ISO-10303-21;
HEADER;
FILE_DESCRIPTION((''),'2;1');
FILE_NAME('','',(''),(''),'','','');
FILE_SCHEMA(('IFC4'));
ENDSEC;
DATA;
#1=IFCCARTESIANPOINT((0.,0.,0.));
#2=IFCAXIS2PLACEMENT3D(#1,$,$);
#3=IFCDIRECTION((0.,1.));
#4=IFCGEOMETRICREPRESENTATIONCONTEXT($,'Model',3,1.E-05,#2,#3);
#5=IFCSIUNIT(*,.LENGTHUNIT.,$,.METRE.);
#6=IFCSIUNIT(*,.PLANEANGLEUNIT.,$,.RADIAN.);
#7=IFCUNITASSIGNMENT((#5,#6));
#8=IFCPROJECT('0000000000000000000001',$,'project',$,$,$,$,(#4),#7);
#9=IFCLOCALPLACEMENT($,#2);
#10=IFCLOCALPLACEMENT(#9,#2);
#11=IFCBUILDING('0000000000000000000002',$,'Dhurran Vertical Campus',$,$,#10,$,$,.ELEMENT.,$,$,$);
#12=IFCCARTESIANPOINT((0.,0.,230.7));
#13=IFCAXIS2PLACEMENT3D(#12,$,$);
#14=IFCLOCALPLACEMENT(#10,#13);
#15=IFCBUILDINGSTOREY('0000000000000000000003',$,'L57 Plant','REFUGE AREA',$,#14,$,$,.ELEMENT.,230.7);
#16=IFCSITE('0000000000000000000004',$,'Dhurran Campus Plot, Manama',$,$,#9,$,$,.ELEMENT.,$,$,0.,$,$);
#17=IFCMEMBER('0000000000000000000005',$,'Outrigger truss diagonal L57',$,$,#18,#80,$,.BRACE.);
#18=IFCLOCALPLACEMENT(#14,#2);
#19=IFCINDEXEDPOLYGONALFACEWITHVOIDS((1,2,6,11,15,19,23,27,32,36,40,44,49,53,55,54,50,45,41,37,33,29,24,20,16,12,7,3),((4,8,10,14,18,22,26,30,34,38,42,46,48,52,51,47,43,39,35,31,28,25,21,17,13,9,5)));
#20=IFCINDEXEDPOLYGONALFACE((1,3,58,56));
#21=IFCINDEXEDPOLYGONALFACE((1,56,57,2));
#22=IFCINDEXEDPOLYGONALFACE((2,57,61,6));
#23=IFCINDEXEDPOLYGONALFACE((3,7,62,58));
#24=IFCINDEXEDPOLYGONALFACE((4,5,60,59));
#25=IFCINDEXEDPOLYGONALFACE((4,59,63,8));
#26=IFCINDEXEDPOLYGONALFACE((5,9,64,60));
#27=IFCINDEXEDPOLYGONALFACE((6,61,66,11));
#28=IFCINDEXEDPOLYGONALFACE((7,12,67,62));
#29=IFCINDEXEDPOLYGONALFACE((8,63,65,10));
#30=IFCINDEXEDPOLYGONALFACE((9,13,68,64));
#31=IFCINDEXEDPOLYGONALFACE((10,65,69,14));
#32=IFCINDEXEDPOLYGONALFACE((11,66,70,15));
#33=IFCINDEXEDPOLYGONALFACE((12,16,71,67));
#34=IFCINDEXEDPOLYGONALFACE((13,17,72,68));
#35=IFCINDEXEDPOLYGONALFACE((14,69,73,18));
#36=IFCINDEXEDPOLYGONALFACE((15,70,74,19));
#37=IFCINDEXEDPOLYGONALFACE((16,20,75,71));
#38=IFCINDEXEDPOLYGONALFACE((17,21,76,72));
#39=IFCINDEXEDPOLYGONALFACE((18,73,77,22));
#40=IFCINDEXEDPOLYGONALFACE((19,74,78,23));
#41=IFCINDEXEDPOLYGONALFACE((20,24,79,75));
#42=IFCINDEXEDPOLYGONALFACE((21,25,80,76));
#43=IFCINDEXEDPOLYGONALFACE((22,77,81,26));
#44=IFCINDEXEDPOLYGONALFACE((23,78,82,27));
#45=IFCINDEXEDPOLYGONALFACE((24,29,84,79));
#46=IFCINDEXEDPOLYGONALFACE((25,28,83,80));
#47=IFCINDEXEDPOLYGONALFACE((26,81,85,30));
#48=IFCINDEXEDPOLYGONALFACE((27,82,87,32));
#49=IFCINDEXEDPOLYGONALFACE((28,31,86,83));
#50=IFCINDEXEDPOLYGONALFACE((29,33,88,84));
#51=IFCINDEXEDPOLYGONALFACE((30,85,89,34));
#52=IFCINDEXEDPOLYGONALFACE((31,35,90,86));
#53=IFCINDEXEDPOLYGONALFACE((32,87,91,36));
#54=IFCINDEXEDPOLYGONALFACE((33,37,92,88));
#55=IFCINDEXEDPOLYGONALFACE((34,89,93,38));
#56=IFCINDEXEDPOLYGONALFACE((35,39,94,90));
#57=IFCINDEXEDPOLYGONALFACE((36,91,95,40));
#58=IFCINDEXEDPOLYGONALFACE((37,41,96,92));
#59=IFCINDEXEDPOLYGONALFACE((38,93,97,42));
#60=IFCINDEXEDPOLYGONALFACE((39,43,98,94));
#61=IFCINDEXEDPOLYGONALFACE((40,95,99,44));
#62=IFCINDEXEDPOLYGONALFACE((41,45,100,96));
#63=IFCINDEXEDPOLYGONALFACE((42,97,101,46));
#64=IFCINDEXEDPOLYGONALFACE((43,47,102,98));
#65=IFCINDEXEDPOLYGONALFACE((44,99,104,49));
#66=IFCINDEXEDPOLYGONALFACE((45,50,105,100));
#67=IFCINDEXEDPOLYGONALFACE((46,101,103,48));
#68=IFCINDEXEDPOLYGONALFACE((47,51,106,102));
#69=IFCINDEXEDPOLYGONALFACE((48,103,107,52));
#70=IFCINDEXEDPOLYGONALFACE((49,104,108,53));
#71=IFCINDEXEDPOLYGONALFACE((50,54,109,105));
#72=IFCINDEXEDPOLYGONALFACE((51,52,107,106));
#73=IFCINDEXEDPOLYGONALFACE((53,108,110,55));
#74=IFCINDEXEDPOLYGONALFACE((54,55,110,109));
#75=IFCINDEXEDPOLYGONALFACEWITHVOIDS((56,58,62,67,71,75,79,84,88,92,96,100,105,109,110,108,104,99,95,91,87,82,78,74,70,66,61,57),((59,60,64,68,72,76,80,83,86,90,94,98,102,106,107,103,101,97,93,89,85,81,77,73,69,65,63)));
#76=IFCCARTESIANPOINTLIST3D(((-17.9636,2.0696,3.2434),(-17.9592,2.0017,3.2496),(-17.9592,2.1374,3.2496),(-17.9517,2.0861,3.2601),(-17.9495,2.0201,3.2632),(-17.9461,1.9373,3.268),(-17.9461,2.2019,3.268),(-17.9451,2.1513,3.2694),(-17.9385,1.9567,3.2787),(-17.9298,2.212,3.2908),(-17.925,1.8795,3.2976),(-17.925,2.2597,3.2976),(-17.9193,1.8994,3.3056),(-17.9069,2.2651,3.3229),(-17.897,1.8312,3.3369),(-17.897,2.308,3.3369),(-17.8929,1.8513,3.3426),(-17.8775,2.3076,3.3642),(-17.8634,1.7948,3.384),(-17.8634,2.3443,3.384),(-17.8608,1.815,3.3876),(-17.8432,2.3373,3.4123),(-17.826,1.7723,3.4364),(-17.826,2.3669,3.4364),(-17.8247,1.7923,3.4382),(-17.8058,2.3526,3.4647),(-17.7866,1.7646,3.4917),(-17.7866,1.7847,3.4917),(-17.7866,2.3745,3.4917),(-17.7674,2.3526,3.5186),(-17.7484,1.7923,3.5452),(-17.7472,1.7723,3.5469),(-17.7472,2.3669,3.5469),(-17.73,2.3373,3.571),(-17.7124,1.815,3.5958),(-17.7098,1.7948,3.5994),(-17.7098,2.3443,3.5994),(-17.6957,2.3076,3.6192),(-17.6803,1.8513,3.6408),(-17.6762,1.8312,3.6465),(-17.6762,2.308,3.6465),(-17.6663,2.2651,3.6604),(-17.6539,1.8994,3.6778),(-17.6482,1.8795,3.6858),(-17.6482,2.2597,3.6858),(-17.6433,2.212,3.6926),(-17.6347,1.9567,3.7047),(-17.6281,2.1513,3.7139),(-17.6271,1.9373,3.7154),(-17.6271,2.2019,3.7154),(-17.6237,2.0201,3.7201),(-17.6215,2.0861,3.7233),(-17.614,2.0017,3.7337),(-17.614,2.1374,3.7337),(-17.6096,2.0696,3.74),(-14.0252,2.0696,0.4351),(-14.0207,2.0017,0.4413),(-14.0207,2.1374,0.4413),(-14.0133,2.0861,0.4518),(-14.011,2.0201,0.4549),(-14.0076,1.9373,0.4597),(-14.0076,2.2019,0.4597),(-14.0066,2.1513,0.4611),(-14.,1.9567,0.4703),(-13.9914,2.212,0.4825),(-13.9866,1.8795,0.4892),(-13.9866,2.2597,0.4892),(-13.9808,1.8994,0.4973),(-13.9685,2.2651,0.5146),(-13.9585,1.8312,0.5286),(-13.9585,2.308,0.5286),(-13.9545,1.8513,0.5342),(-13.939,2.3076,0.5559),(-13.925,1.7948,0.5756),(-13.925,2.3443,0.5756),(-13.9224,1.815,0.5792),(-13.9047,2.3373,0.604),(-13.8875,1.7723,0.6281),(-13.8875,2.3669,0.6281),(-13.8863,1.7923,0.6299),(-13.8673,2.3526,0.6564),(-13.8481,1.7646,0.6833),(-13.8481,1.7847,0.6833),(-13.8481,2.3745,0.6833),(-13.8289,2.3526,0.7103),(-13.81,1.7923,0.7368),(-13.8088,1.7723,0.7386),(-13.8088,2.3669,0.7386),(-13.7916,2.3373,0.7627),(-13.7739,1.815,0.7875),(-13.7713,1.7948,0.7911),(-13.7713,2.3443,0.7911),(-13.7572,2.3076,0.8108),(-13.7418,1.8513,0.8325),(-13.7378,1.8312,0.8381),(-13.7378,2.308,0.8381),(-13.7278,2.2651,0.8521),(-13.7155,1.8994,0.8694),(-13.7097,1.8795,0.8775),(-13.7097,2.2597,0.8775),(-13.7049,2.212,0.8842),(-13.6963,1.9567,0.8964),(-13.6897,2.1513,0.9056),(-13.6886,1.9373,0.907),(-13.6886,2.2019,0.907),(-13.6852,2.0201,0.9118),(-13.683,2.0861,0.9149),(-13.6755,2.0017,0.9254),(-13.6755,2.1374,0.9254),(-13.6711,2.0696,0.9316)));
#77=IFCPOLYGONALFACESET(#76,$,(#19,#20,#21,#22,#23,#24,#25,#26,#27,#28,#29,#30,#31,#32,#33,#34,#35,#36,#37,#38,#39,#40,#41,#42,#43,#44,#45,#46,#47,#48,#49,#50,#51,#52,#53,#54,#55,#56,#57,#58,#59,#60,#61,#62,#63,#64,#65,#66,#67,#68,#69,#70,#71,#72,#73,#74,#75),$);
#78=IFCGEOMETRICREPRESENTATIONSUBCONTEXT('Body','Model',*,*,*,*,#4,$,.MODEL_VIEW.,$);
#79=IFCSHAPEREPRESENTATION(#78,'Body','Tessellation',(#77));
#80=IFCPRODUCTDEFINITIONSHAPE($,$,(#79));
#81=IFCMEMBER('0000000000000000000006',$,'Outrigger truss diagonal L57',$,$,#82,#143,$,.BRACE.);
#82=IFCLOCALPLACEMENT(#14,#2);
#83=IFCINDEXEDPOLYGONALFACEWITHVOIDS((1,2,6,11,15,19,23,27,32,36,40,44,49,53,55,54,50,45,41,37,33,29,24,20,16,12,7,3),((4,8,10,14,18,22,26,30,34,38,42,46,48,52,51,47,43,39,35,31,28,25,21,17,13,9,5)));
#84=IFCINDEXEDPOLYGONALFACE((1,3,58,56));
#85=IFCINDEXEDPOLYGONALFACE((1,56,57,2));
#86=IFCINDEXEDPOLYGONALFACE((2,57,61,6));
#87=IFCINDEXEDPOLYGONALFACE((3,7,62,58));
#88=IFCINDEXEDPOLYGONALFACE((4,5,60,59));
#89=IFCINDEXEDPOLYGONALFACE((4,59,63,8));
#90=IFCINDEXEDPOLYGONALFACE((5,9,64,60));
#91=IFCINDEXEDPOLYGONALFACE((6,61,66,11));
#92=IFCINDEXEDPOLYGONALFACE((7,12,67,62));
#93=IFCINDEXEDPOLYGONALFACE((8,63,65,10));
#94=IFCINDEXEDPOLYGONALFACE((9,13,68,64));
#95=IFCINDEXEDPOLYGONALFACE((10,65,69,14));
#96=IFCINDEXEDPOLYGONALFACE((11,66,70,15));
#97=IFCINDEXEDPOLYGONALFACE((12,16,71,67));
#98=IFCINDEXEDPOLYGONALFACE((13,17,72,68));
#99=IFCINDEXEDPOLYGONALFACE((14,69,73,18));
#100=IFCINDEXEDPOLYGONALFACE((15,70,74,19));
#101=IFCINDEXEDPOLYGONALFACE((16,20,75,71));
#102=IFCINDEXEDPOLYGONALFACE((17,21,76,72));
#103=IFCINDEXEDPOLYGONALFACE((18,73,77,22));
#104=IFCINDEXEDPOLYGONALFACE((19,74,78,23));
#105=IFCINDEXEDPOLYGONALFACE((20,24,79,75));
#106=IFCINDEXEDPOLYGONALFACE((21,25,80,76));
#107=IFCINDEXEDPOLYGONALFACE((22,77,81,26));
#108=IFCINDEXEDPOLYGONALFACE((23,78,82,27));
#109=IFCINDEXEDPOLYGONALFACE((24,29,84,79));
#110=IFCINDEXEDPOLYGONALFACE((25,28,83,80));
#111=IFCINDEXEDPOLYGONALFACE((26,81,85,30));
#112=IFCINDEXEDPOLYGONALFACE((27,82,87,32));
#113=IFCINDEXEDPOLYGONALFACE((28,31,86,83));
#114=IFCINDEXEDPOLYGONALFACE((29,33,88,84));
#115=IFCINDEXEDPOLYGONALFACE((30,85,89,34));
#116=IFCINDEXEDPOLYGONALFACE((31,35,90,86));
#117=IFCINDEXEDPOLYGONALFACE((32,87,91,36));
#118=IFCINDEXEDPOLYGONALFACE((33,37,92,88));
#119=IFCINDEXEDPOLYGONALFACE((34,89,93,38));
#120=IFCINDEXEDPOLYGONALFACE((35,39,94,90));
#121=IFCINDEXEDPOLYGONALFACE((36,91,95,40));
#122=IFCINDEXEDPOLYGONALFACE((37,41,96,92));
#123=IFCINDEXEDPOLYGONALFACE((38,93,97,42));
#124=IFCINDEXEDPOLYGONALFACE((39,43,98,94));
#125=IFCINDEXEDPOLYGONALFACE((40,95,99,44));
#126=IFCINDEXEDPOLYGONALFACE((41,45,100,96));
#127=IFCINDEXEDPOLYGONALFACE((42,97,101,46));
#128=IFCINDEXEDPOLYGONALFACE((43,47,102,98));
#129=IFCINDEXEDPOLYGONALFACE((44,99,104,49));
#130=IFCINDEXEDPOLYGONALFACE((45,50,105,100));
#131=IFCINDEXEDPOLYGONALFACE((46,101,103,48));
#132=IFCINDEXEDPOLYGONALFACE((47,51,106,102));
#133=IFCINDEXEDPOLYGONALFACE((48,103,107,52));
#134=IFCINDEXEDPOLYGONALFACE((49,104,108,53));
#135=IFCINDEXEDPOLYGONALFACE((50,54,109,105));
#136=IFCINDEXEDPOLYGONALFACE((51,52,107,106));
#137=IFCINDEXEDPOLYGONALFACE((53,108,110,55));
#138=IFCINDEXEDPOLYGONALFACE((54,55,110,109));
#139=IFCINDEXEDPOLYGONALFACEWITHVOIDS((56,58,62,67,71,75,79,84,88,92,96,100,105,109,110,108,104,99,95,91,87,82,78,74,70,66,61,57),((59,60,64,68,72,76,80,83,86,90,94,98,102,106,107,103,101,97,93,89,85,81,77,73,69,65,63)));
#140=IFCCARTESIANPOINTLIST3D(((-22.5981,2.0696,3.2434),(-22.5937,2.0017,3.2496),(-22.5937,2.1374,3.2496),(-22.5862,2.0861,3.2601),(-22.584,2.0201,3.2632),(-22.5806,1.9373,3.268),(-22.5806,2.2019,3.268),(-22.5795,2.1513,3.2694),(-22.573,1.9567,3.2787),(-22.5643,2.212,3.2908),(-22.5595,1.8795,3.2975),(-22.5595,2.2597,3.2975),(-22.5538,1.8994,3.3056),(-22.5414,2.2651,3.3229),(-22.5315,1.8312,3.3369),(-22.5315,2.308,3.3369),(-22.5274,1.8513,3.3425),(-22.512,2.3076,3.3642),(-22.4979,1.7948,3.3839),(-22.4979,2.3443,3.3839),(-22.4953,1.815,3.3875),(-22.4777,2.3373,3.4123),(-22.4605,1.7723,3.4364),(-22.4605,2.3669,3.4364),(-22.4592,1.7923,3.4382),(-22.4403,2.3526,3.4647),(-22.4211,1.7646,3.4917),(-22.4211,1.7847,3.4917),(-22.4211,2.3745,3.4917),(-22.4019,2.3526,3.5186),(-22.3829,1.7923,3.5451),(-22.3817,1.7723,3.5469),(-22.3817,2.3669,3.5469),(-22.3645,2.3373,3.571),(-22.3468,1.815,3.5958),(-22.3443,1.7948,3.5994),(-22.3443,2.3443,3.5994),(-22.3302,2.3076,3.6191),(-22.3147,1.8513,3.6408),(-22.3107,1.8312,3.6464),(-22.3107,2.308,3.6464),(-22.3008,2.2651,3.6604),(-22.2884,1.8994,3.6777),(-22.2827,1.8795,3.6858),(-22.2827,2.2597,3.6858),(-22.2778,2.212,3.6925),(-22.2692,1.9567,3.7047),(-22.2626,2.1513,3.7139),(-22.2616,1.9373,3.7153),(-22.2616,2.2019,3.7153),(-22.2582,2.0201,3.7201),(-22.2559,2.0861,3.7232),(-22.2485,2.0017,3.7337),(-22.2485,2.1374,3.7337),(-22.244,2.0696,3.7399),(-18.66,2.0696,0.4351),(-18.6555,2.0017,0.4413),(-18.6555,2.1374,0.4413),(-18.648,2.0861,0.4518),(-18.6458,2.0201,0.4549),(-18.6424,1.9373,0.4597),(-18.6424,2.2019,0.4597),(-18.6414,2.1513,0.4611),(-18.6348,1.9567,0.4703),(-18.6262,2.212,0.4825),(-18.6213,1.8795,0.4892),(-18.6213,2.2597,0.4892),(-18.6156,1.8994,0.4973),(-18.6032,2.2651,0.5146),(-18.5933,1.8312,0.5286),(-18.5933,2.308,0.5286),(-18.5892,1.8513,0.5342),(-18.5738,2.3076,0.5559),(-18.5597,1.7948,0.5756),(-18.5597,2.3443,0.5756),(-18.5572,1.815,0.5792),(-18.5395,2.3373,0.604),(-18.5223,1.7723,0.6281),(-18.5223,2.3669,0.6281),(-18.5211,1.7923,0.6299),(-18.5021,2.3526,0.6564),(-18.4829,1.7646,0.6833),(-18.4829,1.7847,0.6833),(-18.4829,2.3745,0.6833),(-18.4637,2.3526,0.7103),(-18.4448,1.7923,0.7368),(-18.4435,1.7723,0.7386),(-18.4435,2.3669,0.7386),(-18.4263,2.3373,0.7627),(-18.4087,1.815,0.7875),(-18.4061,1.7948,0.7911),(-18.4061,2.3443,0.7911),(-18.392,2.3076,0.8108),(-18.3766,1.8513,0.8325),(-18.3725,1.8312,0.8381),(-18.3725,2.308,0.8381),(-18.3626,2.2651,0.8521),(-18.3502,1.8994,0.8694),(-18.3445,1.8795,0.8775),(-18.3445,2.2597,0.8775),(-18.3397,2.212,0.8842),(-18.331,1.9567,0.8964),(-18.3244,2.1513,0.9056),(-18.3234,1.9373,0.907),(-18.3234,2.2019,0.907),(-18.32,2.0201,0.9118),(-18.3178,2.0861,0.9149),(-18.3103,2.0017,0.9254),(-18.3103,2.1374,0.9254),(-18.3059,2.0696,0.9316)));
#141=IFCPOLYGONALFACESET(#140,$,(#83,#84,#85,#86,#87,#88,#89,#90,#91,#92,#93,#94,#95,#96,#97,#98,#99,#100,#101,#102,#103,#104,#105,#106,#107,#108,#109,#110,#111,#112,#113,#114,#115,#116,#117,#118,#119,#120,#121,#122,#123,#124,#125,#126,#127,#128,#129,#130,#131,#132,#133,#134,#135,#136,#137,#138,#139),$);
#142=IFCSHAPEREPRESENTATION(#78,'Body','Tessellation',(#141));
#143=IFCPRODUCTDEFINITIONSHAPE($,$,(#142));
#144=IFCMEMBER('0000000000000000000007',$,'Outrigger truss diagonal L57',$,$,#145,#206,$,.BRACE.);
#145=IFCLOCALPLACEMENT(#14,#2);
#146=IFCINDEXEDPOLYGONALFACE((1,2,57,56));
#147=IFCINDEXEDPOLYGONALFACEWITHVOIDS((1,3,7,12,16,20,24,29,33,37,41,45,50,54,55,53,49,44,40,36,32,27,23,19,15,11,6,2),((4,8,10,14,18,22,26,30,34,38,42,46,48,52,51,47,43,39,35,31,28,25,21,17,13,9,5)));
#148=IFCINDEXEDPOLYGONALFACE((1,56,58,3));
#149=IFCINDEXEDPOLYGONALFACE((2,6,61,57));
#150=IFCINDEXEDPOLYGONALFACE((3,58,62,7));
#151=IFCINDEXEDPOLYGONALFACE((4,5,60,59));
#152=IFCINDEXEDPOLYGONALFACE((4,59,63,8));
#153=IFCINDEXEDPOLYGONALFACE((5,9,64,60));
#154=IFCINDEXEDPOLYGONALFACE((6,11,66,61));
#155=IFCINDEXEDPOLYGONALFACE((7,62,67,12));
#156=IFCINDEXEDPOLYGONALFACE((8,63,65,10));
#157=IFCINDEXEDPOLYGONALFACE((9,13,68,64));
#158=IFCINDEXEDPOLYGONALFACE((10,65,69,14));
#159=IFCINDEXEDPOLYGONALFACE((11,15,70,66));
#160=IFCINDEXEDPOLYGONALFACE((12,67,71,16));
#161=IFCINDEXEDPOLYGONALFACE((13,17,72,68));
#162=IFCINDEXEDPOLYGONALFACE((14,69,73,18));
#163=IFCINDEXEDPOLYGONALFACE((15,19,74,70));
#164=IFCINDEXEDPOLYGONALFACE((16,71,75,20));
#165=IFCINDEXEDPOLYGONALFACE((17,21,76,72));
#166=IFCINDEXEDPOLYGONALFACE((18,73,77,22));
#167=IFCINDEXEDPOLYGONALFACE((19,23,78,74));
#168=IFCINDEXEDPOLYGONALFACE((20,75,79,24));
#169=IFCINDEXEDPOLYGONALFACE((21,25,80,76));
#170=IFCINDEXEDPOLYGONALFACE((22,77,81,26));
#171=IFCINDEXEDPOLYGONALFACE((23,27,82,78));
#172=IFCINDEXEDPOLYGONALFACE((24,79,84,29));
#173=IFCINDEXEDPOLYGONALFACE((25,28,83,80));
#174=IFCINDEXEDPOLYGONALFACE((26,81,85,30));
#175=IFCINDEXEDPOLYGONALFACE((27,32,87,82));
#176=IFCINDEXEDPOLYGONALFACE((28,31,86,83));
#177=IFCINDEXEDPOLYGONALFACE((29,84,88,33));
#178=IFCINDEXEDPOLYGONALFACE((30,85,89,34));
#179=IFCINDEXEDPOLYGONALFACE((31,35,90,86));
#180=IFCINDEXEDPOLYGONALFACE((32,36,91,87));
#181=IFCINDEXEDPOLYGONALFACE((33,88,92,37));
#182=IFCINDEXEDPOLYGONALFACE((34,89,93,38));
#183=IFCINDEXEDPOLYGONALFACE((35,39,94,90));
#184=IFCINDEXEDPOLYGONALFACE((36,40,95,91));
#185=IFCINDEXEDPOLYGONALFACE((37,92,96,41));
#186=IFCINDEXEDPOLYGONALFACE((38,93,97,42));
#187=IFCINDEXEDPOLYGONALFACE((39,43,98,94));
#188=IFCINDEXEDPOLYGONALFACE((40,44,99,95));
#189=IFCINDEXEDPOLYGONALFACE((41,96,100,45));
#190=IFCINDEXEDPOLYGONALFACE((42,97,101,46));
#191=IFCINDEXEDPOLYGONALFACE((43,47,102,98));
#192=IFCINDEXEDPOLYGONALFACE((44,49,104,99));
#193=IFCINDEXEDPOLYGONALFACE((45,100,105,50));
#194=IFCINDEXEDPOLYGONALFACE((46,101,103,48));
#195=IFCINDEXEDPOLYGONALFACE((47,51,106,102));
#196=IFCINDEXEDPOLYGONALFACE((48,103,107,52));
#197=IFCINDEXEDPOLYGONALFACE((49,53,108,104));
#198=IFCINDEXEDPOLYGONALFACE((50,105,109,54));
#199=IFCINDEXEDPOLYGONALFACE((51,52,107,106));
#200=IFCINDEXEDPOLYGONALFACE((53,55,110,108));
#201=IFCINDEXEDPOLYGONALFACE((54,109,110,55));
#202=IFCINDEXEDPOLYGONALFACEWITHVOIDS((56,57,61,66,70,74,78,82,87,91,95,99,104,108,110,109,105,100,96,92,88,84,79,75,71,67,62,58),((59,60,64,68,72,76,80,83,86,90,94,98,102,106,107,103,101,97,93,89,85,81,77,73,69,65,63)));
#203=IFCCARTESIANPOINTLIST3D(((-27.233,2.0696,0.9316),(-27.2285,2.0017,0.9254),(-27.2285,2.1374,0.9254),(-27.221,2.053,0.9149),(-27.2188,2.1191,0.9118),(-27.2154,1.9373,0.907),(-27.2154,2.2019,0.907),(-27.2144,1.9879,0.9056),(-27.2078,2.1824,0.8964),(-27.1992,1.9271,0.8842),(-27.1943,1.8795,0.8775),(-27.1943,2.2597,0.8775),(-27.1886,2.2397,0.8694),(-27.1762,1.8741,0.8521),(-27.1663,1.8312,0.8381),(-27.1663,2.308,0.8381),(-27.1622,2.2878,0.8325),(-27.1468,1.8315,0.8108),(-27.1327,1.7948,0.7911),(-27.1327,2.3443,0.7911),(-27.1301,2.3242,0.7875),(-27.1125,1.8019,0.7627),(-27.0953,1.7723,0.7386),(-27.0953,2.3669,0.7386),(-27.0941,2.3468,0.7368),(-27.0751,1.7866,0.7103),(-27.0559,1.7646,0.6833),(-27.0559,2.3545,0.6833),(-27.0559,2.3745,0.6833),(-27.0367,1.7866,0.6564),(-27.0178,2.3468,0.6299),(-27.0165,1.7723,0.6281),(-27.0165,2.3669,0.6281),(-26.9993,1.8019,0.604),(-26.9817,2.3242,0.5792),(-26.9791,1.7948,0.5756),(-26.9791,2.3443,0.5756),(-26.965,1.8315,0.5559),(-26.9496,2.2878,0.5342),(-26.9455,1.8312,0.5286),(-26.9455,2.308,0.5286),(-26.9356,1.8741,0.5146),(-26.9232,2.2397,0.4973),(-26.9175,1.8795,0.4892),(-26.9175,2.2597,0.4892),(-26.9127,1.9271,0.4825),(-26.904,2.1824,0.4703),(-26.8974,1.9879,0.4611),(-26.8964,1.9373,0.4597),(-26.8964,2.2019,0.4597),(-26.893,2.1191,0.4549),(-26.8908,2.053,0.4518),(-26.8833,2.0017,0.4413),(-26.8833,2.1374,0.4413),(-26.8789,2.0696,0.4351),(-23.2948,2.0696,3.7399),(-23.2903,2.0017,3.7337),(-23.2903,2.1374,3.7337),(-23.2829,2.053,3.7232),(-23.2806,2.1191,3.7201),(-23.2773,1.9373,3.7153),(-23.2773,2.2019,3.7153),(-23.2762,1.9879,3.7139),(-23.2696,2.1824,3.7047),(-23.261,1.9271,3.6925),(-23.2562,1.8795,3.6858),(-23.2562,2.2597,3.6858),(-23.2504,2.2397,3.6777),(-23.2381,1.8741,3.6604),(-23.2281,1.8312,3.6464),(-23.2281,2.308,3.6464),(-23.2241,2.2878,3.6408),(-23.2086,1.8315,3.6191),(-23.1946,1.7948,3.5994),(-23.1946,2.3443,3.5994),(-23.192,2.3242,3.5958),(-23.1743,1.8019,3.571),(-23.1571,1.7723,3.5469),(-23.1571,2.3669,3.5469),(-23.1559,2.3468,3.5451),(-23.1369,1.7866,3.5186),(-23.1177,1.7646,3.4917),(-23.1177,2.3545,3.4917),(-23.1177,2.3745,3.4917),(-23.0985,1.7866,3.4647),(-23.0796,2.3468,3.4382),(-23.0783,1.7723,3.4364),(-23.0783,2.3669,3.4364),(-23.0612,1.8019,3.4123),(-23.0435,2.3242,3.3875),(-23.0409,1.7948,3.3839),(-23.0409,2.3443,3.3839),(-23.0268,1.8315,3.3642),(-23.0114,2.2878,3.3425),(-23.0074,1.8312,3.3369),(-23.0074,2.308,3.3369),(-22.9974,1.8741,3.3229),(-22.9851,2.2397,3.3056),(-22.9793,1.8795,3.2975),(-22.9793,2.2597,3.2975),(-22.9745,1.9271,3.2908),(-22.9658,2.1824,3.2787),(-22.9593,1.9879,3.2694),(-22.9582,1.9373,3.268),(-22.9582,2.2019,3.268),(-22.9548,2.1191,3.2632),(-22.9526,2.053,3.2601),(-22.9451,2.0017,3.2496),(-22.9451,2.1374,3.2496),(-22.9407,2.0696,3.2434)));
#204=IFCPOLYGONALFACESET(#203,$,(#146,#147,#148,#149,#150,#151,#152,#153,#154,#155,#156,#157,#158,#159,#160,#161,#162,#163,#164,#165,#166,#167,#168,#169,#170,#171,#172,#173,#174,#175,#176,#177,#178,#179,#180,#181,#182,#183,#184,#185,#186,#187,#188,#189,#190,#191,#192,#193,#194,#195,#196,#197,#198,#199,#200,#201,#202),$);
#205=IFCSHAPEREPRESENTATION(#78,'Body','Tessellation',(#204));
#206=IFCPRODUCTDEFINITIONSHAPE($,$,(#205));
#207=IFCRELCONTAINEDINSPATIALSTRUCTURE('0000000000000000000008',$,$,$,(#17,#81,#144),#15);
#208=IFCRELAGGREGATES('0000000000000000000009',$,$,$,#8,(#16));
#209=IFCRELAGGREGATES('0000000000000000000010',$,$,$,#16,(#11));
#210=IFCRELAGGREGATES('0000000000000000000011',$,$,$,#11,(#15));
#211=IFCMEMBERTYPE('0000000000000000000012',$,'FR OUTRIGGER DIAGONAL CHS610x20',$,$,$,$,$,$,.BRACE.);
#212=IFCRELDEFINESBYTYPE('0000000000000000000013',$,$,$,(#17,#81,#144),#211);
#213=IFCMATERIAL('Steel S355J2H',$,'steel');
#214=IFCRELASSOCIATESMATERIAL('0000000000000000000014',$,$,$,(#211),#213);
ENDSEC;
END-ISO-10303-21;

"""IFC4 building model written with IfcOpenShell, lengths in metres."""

from ifc_helpers import new_model, si_unit, direction, frame, origin, origin_2d, place, context, subcontext, project, spatial, hollow_circle, extrude, material, material_profile, profile_set, type_object, element, save


model = new_model("IFC4")

# Units and contexts
model_context = context("Model", 3, precision=1e-05, world=origin(), true_north=direction((0.0, 1.0)))
body_context = subcontext(model_context, "Body", "Model", "MODEL_VIEW")
ifc_project = project(units=[si_unit("LENGTHUNIT", "METRE"), si_unit("PLANEANGLEUNIT", "RADIAN")], contexts=[model_context])

# Site, building, storey
site_placement = place(None, origin())
site = spatial("IfcSite", under=ifc_project, at=site_placement, Name="Dhurran Campus Plot, Manama", CompositionType="ELEMENT", RefElevation=0.0)
building_placement = place(site_placement, origin())
building = spatial("IfcBuilding", under=site, at=building_placement, Name="Dhurran Vertical Campus", CompositionType="ELEMENT")
storey_placement = place(building_placement, frame((0.0, 0.0, 230.7)))
storey = spatial("IfcBuildingStorey", under=building, at=storey_placement, Name="L57 Plant", Description="REFUGE AREA", CompositionType="ELEMENT", Elevation=230.7)

# Members
ifc_material_1 = material(Name="Steel S355J2H", Category="steel")
ifc_material_profile_1 = material_profile(ifc_material_1, hollow_circle(Radius=0.3049, WallThickness=0.02, at=origin_2d()), Name="CHS610x20")
ifc_profile_set_1 = profile_set([ifc_material_profile_1], Name="Steel S355J2H")
member_type_1 = type_object("IfcMemberType", Name="FR OUTRIGGER DIAGONAL CHS610x20", PredefinedType="BRACE", material=ifc_profile_set_1)
member_1_placement = place(storey_placement, frame((-13.8481, 2.0696, 0.6833), z_axis=(-0.814207, 0.0, 0.580574), x_axis=(0.0, -1.0, 0.0)))
element("IfcMember", 1, at=member_1_placement, inside=storey, type_object=member_type_1, Name="Outrigger truss diagonal L57", PredefinedType="BRACE", context=body_context, shape_type="SweptSolid", body=[
    extrude(hollow_circle(Radius=0.3049, WallThickness=0.02, at=origin_2d()), origin(), (0.0, 0.0, 1.0), 4.8372),
])
for number, where, z_axis, x_axis, name in (
    (2, (-18.4829, 2.0696, 0.6833), (-0.81419, 0.0, 0.580598), (0.0, -1.0, 0.0), "Outrigger truss diagonal L57"),
    (3, (-27.0559, 2.0696, 0.6833), (0.81419, 0.0, 0.580598), (0.0, 1.0, 0.0), "Outrigger truss diagonal L57"),
):
    element("IfcMember", number, at=place(storey_placement, frame(where, z_axis=z_axis, x_axis=x_axis)), inside=storey, type_object=member_type_1, Name=name, PredefinedType="BRACE", context=body_context, shape_type="SweptSolid", body=[
        extrude(hollow_circle(Radius=0.3049, WallThickness=0.02, at=origin_2d()), origin(), (0.0, 0.0, 1.0), 4.8369),
    ])

save(model, "model.ifc")
